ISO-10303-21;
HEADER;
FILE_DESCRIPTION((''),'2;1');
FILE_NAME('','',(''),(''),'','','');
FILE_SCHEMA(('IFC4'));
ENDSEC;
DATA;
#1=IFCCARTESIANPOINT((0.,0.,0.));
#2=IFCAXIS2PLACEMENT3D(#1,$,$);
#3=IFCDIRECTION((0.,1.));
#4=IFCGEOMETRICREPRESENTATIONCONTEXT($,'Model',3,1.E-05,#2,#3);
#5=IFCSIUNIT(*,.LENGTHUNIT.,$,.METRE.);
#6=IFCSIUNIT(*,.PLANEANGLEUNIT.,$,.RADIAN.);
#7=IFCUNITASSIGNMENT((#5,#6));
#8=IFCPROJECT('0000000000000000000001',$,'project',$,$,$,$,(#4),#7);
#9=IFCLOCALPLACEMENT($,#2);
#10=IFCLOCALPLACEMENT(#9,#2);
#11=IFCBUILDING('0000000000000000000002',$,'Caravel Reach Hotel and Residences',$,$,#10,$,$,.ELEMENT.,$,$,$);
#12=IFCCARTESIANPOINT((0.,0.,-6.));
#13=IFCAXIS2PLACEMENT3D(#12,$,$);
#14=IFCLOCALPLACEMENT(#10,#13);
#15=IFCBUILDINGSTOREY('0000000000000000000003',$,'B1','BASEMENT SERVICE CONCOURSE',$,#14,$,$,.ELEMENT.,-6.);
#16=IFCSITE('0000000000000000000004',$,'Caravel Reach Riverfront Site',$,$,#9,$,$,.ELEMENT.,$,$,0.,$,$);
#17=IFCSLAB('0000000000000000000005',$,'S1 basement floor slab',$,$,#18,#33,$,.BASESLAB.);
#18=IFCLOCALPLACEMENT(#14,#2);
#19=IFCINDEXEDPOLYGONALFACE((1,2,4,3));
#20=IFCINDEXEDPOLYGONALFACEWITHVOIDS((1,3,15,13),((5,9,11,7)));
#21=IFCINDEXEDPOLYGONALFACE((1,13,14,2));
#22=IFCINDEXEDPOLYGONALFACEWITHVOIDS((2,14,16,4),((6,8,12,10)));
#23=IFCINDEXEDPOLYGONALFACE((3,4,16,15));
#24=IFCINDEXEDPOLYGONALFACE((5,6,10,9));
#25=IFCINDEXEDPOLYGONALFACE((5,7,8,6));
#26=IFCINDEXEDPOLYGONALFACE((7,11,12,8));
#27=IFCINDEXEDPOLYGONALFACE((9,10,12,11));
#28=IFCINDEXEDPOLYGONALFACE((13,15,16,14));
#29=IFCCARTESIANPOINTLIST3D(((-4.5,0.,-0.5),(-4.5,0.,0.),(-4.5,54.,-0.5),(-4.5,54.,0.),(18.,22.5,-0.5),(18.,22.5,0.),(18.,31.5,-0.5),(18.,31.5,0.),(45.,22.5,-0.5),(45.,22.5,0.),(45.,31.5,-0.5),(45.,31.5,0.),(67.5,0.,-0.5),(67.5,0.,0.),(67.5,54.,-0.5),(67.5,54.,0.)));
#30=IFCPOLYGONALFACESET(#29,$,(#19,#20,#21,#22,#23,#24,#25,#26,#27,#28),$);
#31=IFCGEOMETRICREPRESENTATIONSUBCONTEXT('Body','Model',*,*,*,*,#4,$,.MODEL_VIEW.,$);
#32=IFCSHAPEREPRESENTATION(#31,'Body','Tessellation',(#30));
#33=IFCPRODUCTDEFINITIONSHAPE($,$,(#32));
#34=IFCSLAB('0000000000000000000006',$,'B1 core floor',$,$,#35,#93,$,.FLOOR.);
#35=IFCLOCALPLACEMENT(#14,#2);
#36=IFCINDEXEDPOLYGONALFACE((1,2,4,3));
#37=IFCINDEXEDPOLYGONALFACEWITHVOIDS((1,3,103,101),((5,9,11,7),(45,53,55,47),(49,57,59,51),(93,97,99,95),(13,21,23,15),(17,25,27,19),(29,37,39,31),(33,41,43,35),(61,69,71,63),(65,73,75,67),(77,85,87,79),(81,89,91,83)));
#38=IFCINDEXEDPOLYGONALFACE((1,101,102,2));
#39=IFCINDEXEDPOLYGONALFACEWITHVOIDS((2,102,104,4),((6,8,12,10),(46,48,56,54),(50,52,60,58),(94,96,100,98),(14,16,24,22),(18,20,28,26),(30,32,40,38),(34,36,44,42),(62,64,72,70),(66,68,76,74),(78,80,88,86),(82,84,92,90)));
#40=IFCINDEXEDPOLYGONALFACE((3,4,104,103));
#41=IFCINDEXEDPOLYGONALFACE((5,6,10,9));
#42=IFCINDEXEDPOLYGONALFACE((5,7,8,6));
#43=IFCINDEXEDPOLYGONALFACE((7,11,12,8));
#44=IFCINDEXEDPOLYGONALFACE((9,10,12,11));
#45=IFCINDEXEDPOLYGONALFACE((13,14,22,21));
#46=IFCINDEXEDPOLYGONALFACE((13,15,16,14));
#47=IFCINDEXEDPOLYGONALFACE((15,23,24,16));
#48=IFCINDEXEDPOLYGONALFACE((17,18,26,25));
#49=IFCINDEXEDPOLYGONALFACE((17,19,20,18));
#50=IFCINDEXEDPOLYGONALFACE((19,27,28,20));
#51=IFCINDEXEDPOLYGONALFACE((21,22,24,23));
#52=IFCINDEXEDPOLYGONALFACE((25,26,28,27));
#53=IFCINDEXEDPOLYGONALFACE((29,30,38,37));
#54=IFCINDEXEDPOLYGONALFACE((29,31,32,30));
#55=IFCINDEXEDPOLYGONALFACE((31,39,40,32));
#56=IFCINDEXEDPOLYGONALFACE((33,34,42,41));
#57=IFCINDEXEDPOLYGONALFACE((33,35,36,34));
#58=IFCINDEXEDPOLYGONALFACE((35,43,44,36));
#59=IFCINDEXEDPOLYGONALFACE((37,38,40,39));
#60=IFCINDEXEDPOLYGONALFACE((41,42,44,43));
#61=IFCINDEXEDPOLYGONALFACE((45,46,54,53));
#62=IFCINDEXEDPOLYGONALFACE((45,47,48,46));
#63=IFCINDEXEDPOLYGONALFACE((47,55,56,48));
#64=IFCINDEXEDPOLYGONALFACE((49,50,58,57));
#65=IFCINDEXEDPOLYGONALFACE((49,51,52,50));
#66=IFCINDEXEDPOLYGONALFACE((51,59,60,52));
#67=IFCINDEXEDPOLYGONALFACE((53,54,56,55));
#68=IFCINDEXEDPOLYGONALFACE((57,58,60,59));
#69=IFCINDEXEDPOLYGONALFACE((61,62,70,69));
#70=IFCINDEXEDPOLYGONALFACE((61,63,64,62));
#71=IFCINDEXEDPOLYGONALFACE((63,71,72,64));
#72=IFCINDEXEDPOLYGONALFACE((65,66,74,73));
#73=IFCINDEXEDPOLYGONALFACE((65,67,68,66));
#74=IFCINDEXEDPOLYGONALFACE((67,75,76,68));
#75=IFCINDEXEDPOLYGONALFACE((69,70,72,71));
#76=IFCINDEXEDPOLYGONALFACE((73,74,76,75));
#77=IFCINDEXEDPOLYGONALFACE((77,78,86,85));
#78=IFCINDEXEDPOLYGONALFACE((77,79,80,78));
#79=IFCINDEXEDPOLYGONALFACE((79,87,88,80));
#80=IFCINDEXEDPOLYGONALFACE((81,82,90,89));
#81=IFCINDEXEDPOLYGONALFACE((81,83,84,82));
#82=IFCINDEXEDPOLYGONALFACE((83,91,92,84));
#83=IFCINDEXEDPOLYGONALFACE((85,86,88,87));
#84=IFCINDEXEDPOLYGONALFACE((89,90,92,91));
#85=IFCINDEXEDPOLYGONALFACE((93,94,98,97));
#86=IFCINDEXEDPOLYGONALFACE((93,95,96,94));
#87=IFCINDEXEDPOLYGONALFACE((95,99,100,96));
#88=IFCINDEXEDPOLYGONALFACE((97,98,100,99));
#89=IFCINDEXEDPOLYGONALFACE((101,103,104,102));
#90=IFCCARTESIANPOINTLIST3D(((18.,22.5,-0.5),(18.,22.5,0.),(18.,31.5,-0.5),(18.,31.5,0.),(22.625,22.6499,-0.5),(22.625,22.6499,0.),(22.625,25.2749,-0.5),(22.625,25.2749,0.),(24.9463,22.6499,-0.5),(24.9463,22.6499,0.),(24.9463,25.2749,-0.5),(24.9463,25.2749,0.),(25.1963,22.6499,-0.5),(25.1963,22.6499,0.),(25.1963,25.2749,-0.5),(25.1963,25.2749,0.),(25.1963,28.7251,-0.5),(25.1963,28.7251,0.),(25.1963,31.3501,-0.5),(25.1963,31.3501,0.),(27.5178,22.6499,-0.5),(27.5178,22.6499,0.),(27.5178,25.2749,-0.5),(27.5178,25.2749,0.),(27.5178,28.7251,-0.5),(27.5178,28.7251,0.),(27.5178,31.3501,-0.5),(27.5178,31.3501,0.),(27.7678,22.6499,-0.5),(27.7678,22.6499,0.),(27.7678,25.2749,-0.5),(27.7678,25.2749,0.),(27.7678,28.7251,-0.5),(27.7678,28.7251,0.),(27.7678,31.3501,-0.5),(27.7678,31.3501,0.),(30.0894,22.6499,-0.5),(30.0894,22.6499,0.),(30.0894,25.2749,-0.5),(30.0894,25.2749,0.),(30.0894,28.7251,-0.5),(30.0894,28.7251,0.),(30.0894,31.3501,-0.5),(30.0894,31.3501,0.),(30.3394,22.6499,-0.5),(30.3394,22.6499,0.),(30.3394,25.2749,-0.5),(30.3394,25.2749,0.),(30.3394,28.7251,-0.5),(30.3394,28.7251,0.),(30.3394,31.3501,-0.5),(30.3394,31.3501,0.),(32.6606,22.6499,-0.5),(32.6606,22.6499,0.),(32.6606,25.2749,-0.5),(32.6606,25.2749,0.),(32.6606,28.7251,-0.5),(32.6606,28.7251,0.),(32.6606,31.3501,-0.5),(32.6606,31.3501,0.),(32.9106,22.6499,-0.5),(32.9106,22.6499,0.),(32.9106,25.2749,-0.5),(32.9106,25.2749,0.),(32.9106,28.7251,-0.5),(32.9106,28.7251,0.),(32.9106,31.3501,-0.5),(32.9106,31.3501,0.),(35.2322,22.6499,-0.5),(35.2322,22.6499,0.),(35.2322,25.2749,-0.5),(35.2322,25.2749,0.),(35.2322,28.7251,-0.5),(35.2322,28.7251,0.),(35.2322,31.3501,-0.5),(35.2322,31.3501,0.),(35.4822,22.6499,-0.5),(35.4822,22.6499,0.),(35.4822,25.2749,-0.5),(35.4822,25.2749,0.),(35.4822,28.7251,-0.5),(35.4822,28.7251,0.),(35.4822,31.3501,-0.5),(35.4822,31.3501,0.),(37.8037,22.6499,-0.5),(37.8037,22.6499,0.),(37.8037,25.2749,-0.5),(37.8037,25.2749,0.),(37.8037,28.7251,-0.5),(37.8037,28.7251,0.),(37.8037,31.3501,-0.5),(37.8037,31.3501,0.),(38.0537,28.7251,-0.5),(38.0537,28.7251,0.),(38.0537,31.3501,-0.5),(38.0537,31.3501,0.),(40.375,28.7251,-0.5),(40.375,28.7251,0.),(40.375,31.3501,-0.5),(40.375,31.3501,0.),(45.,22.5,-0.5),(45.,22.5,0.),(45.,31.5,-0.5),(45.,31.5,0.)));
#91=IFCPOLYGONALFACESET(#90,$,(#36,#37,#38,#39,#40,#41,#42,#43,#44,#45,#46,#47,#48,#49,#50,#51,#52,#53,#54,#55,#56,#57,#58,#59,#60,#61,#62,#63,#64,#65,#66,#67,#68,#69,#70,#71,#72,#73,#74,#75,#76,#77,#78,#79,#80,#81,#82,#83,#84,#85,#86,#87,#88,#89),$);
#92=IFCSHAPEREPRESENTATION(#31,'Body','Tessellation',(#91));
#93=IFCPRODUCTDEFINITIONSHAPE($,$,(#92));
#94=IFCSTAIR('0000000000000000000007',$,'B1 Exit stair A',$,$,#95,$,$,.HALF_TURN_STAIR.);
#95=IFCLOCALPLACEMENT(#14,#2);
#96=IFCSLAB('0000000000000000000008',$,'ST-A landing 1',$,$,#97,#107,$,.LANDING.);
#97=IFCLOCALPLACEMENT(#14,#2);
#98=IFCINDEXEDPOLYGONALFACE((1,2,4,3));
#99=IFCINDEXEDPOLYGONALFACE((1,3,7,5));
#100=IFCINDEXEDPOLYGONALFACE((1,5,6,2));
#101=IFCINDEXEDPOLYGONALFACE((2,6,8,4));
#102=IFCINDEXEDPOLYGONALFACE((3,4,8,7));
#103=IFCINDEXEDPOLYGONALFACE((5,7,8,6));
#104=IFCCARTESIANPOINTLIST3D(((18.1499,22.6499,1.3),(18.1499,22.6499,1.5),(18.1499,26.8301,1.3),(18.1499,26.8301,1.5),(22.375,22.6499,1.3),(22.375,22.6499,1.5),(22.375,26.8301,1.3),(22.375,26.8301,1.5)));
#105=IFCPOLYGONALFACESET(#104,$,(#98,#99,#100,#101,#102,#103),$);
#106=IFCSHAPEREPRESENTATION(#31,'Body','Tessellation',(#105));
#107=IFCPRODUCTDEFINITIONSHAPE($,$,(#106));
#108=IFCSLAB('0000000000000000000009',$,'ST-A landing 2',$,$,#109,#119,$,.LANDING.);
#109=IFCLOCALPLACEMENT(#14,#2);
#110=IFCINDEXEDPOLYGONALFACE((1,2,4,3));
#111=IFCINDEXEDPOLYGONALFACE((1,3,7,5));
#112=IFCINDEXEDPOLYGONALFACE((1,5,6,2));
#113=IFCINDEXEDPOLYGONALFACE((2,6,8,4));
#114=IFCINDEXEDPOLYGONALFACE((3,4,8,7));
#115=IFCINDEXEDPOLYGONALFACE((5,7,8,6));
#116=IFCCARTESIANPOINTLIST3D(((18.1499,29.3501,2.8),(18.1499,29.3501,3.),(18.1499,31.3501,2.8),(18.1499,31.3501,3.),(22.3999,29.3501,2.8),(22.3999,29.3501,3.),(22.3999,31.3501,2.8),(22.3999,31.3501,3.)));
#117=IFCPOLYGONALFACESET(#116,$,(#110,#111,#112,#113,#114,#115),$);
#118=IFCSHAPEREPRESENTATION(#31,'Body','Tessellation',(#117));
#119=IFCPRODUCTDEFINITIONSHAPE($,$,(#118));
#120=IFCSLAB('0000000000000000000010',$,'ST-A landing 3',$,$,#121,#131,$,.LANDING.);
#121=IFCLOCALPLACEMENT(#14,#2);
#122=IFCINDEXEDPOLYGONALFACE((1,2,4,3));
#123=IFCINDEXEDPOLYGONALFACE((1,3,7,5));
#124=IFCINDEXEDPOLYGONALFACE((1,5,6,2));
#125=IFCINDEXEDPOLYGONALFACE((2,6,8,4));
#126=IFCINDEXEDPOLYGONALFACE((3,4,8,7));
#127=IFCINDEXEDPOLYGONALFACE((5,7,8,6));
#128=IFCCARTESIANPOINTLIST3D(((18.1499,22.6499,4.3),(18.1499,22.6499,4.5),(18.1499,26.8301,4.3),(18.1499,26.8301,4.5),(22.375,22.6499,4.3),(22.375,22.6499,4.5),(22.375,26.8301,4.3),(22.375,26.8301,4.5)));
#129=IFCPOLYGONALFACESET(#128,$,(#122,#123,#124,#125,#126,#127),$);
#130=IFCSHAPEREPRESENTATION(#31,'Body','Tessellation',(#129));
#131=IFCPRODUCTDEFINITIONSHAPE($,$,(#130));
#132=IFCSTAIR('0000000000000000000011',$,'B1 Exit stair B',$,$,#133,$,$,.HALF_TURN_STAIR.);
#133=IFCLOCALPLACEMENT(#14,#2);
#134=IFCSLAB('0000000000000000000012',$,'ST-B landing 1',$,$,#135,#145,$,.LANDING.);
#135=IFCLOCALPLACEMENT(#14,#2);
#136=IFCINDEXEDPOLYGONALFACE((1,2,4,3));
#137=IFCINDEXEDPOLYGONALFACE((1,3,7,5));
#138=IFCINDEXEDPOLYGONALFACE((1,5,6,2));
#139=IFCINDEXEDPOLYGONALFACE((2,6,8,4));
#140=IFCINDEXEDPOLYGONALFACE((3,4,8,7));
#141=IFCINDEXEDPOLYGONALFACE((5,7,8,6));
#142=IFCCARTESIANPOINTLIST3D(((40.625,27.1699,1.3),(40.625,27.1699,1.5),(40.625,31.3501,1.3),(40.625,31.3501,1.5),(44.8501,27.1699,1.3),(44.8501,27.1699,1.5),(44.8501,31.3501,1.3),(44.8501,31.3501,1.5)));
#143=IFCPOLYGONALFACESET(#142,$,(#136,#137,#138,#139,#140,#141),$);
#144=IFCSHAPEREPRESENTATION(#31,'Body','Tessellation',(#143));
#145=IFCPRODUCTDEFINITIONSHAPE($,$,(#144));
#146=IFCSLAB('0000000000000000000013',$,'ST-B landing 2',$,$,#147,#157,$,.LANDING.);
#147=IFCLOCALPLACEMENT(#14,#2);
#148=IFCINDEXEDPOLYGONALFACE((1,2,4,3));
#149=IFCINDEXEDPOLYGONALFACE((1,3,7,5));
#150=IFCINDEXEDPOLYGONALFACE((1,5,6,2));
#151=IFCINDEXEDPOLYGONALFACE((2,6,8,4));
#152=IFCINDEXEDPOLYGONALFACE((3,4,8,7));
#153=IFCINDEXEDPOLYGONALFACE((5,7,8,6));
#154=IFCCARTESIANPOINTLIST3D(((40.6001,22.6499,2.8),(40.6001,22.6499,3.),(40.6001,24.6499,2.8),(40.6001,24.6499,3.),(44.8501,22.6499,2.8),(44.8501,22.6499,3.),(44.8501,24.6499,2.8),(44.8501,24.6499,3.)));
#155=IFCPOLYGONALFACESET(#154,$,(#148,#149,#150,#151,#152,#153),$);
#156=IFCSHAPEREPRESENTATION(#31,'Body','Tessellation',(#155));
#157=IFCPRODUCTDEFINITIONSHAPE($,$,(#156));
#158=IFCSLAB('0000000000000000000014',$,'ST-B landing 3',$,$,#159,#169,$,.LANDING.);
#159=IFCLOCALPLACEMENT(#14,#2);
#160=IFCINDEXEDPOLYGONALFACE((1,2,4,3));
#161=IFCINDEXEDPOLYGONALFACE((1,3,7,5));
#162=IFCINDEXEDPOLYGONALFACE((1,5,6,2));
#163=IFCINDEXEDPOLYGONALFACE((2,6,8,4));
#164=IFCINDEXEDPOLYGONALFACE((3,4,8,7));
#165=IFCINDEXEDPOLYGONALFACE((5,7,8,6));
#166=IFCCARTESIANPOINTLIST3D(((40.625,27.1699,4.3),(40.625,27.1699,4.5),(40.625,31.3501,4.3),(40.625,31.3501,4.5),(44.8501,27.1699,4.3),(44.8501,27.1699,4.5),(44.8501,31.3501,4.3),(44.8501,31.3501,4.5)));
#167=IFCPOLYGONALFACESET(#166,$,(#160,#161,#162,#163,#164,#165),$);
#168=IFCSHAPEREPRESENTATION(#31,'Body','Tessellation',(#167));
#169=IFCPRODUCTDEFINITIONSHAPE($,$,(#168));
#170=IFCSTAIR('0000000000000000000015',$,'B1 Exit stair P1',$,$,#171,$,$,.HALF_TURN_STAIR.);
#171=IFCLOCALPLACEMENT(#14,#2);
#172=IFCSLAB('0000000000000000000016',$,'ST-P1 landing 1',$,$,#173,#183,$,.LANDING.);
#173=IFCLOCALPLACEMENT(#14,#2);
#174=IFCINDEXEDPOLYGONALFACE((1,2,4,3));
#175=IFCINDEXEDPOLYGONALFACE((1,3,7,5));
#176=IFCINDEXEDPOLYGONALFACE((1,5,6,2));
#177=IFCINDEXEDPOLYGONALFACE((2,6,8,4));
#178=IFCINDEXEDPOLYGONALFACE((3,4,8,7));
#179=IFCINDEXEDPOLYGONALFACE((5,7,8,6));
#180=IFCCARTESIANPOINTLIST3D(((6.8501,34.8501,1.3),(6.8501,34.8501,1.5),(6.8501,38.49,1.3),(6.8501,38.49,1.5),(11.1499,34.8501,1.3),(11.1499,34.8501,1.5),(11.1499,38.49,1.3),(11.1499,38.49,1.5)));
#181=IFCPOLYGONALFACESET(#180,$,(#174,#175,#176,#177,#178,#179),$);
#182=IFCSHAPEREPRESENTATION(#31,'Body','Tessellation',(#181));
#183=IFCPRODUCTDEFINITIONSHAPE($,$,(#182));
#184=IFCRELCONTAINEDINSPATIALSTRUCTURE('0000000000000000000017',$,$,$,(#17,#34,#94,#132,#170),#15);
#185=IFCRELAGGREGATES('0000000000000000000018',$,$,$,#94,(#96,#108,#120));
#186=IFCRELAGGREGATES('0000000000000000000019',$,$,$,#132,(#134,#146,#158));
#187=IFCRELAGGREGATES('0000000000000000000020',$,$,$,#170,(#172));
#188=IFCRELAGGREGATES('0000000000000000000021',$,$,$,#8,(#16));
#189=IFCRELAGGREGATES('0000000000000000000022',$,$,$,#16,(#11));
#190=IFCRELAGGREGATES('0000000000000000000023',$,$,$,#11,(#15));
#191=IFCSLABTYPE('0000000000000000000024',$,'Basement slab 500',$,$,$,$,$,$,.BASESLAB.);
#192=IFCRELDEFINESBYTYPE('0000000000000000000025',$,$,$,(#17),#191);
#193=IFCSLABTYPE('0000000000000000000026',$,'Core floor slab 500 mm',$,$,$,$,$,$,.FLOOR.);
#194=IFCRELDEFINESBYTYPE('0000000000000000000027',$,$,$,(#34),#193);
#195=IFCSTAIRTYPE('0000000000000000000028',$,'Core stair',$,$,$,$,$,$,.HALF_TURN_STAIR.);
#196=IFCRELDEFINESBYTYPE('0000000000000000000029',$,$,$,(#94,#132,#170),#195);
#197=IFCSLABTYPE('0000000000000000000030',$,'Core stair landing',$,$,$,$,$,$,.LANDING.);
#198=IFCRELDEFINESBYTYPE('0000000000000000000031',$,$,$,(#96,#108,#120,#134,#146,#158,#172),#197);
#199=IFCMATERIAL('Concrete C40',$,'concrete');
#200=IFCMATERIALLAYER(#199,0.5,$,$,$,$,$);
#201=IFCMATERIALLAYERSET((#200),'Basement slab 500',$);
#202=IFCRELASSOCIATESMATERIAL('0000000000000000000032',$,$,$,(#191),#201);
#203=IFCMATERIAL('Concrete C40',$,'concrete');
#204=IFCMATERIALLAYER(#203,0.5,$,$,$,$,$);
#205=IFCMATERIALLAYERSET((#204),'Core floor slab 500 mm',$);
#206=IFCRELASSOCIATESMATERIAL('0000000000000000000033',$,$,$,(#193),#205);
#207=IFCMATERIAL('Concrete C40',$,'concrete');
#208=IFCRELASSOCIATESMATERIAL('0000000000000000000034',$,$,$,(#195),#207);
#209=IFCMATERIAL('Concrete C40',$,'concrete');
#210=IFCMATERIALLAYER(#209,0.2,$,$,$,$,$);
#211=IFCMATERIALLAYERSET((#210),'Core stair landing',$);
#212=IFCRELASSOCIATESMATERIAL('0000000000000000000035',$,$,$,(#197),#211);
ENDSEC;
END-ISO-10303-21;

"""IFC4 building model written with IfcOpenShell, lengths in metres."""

from ifc_helpers import new_model, si_unit, direction, frame, origin, place, context, subcontext, project, spatial, polyline, outline, extrude, material, layer, layer_set, type_object, element, aggregate, save


model = new_model("IFC4")

# Units and contexts
model_context = context("Model", 3, precision=1e-05, world=origin(), true_north=direction((0.0, 1.0)))
body_context = subcontext(model_context, "Body", "Model", "MODEL_VIEW")
ifc_project = project(units=[si_unit("LENGTHUNIT", "METRE"), si_unit("PLANEANGLEUNIT", "RADIAN")], contexts=[model_context])

# Site, building, storey
site_placement = place(None, origin())
site = spatial("IfcSite", under=ifc_project, at=site_placement, Name="Caravel Reach Riverfront Site", CompositionType="ELEMENT", RefElevation=0.0)
building_placement = place(site_placement, origin())
building = spatial("IfcBuilding", under=site, at=building_placement, Name="Caravel Reach Hotel and Residences", CompositionType="ELEMENT")
storey_placement = place(building_placement, frame((0.0, 0.0, -6.0)))
storey = spatial("IfcBuildingStorey", under=building, at=storey_placement, Name="B1", Description="BASEMENT SERVICE CONCOURSE", CompositionType="ELEMENT", Elevation=-6.0)

# Slabs
ifc_material_1 = material(Name="Concrete C40", Category="concrete")
ifc_layer_1 = layer(ifc_material_1, 0.5)
ifc_layer_set_1 = layer_set([ifc_layer_1], Name="Basement slab 500")
slab_type_1 = type_object("IfcSlabType", Name="Basement slab 500", PredefinedType="BASESLAB", material=ifc_layer_set_1)
slab_1_placement = place(storey_placement, frame((0.0, 0.0, -0.5)))
element("IfcSlab", 1, at=slab_1_placement, inside=storey, type_object=slab_type_1, Name="S1 basement floor slab", PredefinedType="BASESLAB", context=body_context, shape_type="SweptSolid", body=[
    extrude(outline(polyline([(-4.5, 0.0), (-4.5, 54.0), (67.5, 54.0), (67.5, 0.0), (-4.5, 0.0)]), holes=[polyline([(45.0, 31.5), (18.0, 31.5), (18.0, 22.5), (45.0, 22.5), (45.0, 31.5)])]), origin(), (0.0, 0.0, 1.0), 0.5),
])
ifc_material_2 = material(Name="Concrete C40", Category="concrete")
ifc_layer_2 = layer(ifc_material_2, 0.5)
ifc_layer_set_2 = layer_set([ifc_layer_2], Name="Core floor slab 500 mm")
slab_type_2 = type_object("IfcSlabType", Name="Core floor slab 500 mm", PredefinedType="FLOOR", material=ifc_layer_set_2)
slab_2_placement = place(storey_placement, frame((0.0, 0.0, -0.5)))
element("IfcSlab", 2, at=slab_2_placement, inside=storey, type_object=slab_type_2, Name="B1 core floor", PredefinedType="FLOOR", context=body_context, shape_type="SweptSolid", body=[
    extrude(outline(polyline([(18.0, 31.5), (45.0, 31.5), (45.0, 22.5), (18.0, 22.5), (18.0, 31.5)]), holes=[polyline([(22.625, 25.2749), (22.625, 22.6499), (24.9463, 22.6499), (24.9463, 25.2749), (22.625, 25.2749)]), polyline([(27.5178, 25.2749), (25.1963, 25.2749), (25.1963, 22.6499), (27.5178, 22.6499), (27.5178, 25.2749)]), polyline([(30.0894, 25.2749), (27.7678, 25.2749), (27.7678, 22.6499), (30.0894, 22.6499), (30.0894, 25.2749)]), polyline([(30.3394, 25.2749), (30.3394, 22.6499), (32.6606, 22.6499), (32.6606, 25.2749), (30.3394, 25.2749)]), polyline([(27.5178, 31.3501), (25.1963, 31.3501), (25.1963, 28.7251), (27.5178, 28.7251), (27.5178, 31.3501)]), polyline([(30.0894, 31.3501), (27.7678, 31.3501), (27.7678, 28.7251), (30.0894, 28.7251), (30.0894, 31.3501)]), polyline([(32.9106, 25.2749), (32.9106, 22.6499), (35.2322, 22.6499), (35.2322, 25.2749), (32.9106, 25.2749)]), polyline([(37.8037, 25.2749), (35.4822, 25.2749), (35.4822, 22.6499), (37.8037, 22.6499), (37.8037, 25.2749)]), polyline([(32.6606, 31.3501), (30.3394, 31.3501), (30.3394, 28.7251), (32.6606, 28.7251), (32.6606, 31.3501)]), polyline([(32.9106, 31.3501), (32.9106, 28.7251), (35.2322, 28.7251), (35.2322, 31.3501), (32.9106, 31.3501)]), polyline([(37.8037, 31.3501), (35.4822, 31.3501), (35.4822, 28.7251), (37.8037, 28.7251), (37.8037, 31.3501)]), polyline([(40.375, 31.3501), (38.0537, 31.3501), (38.0537, 28.7251), (40.375, 28.7251), (40.375, 31.3501)])]), origin(), (0.0, 0.0, 1.0), 0.5),
])

# Stairs, slabs
ifc_material_3 = material(Name="Concrete C40", Category="concrete")
stair_type = type_object("IfcStairType", Name="Core stair", PredefinedType="HALF_TURN_STAIR", material=ifc_material_3)
stair_1_placement = place(storey_placement, origin())
stair_1 = element("IfcStair", 3, at=stair_1_placement, inside=storey, type_object=stair_type, Name="B1 Exit stair A", PredefinedType="HALF_TURN_STAIR")
ifc_material_4 = material(Name="Concrete C40", Category="concrete")
ifc_layer_3 = layer(ifc_material_4, 0.2)
ifc_layer_set_3 = layer_set([ifc_layer_3], Name="Core stair landing")
slab_type_3 = type_object("IfcSlabType", Name="Core stair landing", PredefinedType="LANDING", material=ifc_layer_set_3)
slab_3_placement = place(storey_placement, frame((0.0, 0.0, 1.3)))
slab_3 = element("IfcSlab", 4, at=slab_3_placement, type_object=slab_type_3, Name="ST-A landing 1", PredefinedType="LANDING", context=body_context, shape_type="SweptSolid", body=[
    extrude(outline(polyline([(18.1499, 26.8301), (18.1499, 22.6499), (22.375, 22.6499), (22.375, 26.8301), (18.1499, 26.8301)])), origin(), (0.0, 0.0, 1.0), 0.2),
])
slab_4_placement = place(storey_placement, frame((0.0, 0.0, 2.8)))
slab_4 = element("IfcSlab", 5, at=slab_4_placement, type_object=slab_type_3, Name="ST-A landing 2", PredefinedType="LANDING", context=body_context, shape_type="SweptSolid", body=[
    extrude(outline(polyline([(18.1499, 31.3501), (18.1499, 29.3501), (22.3999, 29.3501), (22.3999, 31.3501), (18.1499, 31.3501)])), origin(), (0.0, 0.0, 1.0), 0.2),
])
slab_5_placement = place(storey_placement, frame((0.0, 0.0, 4.3)))
slab_5 = element("IfcSlab", 6, at=slab_5_placement, type_object=slab_type_3, Name="ST-A landing 3", PredefinedType="LANDING", context=body_context, shape_type="SweptSolid", body=[
    extrude(outline(polyline([(18.1499, 26.8301), (18.1499, 22.6499), (22.375, 22.6499), (22.375, 26.8301), (18.1499, 26.8301)])), origin(), (0.0, 0.0, 1.0), 0.2),
])
aggregate(stair_1, [slab_3, slab_4, slab_5])
stair_2_placement = place(storey_placement, origin())
stair_2 = element("IfcStair", 7, at=stair_2_placement, inside=storey, type_object=stair_type, Name="B1 Exit stair B", PredefinedType="HALF_TURN_STAIR")
slab_6_placement = place(storey_placement, frame((0.0, 0.0, 1.3)))
slab_6 = element("IfcSlab", 8, at=slab_6_placement, type_object=slab_type_3, Name="ST-B landing 1", PredefinedType="LANDING", context=body_context, shape_type="SweptSolid", body=[
    extrude(outline(polyline([(44.8501, 27.1699), (44.8501, 31.3501), (40.625, 31.3501), (40.625, 27.1699), (44.8501, 27.1699)])), origin(), (0.0, 0.0, 1.0), 0.2),
])
slab_7_placement = place(storey_placement, frame((0.0, 0.0, 2.8)))
slab_7 = element("IfcSlab", 9, at=slab_7_placement, type_object=slab_type_3, Name="ST-B landing 2", PredefinedType="LANDING", context=body_context, shape_type="SweptSolid", body=[
    extrude(outline(polyline([(44.8501, 22.6499), (44.8501, 24.6499), (40.6001, 24.6499), (40.6001, 22.6499), (44.8501, 22.6499)])), origin(), (0.0, 0.0, 1.0), 0.2),
])
slab_8_placement = place(storey_placement, frame((0.0, 0.0, 4.3)))
slab_8 = element("IfcSlab", 10, at=slab_8_placement, type_object=slab_type_3, Name="ST-B landing 3", PredefinedType="LANDING", context=body_context, shape_type="SweptSolid", body=[
    extrude(outline(polyline([(44.8501, 27.1699), (44.8501, 31.3501), (40.625, 31.3501), (40.625, 27.1699), (44.8501, 27.1699)])), origin(), (0.0, 0.0, 1.0), 0.2),
])
aggregate(stair_2, [slab_6, slab_7, slab_8])
stair_3_placement = place(storey_placement, origin())
stair_3 = element("IfcStair", 11, at=stair_3_placement, inside=storey, type_object=stair_type, Name="B1 Exit stair P1", PredefinedType="HALF_TURN_STAIR")
slab_9_placement = place(storey_placement, frame((0.0, 0.0, 1.3)))
slab_9 = element("IfcSlab", 12, at=slab_9_placement, type_object=slab_type_3, Name="ST-P1 landing 1", PredefinedType="LANDING", context=body_context, shape_type="SweptSolid", body=[
    extrude(outline(polyline([(6.8501, 38.49), (6.8501, 34.8501), (11.1499, 34.8501), (11.1499, 38.49), (6.8501, 38.49)])), origin(), (0.0, 0.0, 1.0), 0.2),
])
aggregate(stair_3, [slab_9])

save(model, "model.ifc")
